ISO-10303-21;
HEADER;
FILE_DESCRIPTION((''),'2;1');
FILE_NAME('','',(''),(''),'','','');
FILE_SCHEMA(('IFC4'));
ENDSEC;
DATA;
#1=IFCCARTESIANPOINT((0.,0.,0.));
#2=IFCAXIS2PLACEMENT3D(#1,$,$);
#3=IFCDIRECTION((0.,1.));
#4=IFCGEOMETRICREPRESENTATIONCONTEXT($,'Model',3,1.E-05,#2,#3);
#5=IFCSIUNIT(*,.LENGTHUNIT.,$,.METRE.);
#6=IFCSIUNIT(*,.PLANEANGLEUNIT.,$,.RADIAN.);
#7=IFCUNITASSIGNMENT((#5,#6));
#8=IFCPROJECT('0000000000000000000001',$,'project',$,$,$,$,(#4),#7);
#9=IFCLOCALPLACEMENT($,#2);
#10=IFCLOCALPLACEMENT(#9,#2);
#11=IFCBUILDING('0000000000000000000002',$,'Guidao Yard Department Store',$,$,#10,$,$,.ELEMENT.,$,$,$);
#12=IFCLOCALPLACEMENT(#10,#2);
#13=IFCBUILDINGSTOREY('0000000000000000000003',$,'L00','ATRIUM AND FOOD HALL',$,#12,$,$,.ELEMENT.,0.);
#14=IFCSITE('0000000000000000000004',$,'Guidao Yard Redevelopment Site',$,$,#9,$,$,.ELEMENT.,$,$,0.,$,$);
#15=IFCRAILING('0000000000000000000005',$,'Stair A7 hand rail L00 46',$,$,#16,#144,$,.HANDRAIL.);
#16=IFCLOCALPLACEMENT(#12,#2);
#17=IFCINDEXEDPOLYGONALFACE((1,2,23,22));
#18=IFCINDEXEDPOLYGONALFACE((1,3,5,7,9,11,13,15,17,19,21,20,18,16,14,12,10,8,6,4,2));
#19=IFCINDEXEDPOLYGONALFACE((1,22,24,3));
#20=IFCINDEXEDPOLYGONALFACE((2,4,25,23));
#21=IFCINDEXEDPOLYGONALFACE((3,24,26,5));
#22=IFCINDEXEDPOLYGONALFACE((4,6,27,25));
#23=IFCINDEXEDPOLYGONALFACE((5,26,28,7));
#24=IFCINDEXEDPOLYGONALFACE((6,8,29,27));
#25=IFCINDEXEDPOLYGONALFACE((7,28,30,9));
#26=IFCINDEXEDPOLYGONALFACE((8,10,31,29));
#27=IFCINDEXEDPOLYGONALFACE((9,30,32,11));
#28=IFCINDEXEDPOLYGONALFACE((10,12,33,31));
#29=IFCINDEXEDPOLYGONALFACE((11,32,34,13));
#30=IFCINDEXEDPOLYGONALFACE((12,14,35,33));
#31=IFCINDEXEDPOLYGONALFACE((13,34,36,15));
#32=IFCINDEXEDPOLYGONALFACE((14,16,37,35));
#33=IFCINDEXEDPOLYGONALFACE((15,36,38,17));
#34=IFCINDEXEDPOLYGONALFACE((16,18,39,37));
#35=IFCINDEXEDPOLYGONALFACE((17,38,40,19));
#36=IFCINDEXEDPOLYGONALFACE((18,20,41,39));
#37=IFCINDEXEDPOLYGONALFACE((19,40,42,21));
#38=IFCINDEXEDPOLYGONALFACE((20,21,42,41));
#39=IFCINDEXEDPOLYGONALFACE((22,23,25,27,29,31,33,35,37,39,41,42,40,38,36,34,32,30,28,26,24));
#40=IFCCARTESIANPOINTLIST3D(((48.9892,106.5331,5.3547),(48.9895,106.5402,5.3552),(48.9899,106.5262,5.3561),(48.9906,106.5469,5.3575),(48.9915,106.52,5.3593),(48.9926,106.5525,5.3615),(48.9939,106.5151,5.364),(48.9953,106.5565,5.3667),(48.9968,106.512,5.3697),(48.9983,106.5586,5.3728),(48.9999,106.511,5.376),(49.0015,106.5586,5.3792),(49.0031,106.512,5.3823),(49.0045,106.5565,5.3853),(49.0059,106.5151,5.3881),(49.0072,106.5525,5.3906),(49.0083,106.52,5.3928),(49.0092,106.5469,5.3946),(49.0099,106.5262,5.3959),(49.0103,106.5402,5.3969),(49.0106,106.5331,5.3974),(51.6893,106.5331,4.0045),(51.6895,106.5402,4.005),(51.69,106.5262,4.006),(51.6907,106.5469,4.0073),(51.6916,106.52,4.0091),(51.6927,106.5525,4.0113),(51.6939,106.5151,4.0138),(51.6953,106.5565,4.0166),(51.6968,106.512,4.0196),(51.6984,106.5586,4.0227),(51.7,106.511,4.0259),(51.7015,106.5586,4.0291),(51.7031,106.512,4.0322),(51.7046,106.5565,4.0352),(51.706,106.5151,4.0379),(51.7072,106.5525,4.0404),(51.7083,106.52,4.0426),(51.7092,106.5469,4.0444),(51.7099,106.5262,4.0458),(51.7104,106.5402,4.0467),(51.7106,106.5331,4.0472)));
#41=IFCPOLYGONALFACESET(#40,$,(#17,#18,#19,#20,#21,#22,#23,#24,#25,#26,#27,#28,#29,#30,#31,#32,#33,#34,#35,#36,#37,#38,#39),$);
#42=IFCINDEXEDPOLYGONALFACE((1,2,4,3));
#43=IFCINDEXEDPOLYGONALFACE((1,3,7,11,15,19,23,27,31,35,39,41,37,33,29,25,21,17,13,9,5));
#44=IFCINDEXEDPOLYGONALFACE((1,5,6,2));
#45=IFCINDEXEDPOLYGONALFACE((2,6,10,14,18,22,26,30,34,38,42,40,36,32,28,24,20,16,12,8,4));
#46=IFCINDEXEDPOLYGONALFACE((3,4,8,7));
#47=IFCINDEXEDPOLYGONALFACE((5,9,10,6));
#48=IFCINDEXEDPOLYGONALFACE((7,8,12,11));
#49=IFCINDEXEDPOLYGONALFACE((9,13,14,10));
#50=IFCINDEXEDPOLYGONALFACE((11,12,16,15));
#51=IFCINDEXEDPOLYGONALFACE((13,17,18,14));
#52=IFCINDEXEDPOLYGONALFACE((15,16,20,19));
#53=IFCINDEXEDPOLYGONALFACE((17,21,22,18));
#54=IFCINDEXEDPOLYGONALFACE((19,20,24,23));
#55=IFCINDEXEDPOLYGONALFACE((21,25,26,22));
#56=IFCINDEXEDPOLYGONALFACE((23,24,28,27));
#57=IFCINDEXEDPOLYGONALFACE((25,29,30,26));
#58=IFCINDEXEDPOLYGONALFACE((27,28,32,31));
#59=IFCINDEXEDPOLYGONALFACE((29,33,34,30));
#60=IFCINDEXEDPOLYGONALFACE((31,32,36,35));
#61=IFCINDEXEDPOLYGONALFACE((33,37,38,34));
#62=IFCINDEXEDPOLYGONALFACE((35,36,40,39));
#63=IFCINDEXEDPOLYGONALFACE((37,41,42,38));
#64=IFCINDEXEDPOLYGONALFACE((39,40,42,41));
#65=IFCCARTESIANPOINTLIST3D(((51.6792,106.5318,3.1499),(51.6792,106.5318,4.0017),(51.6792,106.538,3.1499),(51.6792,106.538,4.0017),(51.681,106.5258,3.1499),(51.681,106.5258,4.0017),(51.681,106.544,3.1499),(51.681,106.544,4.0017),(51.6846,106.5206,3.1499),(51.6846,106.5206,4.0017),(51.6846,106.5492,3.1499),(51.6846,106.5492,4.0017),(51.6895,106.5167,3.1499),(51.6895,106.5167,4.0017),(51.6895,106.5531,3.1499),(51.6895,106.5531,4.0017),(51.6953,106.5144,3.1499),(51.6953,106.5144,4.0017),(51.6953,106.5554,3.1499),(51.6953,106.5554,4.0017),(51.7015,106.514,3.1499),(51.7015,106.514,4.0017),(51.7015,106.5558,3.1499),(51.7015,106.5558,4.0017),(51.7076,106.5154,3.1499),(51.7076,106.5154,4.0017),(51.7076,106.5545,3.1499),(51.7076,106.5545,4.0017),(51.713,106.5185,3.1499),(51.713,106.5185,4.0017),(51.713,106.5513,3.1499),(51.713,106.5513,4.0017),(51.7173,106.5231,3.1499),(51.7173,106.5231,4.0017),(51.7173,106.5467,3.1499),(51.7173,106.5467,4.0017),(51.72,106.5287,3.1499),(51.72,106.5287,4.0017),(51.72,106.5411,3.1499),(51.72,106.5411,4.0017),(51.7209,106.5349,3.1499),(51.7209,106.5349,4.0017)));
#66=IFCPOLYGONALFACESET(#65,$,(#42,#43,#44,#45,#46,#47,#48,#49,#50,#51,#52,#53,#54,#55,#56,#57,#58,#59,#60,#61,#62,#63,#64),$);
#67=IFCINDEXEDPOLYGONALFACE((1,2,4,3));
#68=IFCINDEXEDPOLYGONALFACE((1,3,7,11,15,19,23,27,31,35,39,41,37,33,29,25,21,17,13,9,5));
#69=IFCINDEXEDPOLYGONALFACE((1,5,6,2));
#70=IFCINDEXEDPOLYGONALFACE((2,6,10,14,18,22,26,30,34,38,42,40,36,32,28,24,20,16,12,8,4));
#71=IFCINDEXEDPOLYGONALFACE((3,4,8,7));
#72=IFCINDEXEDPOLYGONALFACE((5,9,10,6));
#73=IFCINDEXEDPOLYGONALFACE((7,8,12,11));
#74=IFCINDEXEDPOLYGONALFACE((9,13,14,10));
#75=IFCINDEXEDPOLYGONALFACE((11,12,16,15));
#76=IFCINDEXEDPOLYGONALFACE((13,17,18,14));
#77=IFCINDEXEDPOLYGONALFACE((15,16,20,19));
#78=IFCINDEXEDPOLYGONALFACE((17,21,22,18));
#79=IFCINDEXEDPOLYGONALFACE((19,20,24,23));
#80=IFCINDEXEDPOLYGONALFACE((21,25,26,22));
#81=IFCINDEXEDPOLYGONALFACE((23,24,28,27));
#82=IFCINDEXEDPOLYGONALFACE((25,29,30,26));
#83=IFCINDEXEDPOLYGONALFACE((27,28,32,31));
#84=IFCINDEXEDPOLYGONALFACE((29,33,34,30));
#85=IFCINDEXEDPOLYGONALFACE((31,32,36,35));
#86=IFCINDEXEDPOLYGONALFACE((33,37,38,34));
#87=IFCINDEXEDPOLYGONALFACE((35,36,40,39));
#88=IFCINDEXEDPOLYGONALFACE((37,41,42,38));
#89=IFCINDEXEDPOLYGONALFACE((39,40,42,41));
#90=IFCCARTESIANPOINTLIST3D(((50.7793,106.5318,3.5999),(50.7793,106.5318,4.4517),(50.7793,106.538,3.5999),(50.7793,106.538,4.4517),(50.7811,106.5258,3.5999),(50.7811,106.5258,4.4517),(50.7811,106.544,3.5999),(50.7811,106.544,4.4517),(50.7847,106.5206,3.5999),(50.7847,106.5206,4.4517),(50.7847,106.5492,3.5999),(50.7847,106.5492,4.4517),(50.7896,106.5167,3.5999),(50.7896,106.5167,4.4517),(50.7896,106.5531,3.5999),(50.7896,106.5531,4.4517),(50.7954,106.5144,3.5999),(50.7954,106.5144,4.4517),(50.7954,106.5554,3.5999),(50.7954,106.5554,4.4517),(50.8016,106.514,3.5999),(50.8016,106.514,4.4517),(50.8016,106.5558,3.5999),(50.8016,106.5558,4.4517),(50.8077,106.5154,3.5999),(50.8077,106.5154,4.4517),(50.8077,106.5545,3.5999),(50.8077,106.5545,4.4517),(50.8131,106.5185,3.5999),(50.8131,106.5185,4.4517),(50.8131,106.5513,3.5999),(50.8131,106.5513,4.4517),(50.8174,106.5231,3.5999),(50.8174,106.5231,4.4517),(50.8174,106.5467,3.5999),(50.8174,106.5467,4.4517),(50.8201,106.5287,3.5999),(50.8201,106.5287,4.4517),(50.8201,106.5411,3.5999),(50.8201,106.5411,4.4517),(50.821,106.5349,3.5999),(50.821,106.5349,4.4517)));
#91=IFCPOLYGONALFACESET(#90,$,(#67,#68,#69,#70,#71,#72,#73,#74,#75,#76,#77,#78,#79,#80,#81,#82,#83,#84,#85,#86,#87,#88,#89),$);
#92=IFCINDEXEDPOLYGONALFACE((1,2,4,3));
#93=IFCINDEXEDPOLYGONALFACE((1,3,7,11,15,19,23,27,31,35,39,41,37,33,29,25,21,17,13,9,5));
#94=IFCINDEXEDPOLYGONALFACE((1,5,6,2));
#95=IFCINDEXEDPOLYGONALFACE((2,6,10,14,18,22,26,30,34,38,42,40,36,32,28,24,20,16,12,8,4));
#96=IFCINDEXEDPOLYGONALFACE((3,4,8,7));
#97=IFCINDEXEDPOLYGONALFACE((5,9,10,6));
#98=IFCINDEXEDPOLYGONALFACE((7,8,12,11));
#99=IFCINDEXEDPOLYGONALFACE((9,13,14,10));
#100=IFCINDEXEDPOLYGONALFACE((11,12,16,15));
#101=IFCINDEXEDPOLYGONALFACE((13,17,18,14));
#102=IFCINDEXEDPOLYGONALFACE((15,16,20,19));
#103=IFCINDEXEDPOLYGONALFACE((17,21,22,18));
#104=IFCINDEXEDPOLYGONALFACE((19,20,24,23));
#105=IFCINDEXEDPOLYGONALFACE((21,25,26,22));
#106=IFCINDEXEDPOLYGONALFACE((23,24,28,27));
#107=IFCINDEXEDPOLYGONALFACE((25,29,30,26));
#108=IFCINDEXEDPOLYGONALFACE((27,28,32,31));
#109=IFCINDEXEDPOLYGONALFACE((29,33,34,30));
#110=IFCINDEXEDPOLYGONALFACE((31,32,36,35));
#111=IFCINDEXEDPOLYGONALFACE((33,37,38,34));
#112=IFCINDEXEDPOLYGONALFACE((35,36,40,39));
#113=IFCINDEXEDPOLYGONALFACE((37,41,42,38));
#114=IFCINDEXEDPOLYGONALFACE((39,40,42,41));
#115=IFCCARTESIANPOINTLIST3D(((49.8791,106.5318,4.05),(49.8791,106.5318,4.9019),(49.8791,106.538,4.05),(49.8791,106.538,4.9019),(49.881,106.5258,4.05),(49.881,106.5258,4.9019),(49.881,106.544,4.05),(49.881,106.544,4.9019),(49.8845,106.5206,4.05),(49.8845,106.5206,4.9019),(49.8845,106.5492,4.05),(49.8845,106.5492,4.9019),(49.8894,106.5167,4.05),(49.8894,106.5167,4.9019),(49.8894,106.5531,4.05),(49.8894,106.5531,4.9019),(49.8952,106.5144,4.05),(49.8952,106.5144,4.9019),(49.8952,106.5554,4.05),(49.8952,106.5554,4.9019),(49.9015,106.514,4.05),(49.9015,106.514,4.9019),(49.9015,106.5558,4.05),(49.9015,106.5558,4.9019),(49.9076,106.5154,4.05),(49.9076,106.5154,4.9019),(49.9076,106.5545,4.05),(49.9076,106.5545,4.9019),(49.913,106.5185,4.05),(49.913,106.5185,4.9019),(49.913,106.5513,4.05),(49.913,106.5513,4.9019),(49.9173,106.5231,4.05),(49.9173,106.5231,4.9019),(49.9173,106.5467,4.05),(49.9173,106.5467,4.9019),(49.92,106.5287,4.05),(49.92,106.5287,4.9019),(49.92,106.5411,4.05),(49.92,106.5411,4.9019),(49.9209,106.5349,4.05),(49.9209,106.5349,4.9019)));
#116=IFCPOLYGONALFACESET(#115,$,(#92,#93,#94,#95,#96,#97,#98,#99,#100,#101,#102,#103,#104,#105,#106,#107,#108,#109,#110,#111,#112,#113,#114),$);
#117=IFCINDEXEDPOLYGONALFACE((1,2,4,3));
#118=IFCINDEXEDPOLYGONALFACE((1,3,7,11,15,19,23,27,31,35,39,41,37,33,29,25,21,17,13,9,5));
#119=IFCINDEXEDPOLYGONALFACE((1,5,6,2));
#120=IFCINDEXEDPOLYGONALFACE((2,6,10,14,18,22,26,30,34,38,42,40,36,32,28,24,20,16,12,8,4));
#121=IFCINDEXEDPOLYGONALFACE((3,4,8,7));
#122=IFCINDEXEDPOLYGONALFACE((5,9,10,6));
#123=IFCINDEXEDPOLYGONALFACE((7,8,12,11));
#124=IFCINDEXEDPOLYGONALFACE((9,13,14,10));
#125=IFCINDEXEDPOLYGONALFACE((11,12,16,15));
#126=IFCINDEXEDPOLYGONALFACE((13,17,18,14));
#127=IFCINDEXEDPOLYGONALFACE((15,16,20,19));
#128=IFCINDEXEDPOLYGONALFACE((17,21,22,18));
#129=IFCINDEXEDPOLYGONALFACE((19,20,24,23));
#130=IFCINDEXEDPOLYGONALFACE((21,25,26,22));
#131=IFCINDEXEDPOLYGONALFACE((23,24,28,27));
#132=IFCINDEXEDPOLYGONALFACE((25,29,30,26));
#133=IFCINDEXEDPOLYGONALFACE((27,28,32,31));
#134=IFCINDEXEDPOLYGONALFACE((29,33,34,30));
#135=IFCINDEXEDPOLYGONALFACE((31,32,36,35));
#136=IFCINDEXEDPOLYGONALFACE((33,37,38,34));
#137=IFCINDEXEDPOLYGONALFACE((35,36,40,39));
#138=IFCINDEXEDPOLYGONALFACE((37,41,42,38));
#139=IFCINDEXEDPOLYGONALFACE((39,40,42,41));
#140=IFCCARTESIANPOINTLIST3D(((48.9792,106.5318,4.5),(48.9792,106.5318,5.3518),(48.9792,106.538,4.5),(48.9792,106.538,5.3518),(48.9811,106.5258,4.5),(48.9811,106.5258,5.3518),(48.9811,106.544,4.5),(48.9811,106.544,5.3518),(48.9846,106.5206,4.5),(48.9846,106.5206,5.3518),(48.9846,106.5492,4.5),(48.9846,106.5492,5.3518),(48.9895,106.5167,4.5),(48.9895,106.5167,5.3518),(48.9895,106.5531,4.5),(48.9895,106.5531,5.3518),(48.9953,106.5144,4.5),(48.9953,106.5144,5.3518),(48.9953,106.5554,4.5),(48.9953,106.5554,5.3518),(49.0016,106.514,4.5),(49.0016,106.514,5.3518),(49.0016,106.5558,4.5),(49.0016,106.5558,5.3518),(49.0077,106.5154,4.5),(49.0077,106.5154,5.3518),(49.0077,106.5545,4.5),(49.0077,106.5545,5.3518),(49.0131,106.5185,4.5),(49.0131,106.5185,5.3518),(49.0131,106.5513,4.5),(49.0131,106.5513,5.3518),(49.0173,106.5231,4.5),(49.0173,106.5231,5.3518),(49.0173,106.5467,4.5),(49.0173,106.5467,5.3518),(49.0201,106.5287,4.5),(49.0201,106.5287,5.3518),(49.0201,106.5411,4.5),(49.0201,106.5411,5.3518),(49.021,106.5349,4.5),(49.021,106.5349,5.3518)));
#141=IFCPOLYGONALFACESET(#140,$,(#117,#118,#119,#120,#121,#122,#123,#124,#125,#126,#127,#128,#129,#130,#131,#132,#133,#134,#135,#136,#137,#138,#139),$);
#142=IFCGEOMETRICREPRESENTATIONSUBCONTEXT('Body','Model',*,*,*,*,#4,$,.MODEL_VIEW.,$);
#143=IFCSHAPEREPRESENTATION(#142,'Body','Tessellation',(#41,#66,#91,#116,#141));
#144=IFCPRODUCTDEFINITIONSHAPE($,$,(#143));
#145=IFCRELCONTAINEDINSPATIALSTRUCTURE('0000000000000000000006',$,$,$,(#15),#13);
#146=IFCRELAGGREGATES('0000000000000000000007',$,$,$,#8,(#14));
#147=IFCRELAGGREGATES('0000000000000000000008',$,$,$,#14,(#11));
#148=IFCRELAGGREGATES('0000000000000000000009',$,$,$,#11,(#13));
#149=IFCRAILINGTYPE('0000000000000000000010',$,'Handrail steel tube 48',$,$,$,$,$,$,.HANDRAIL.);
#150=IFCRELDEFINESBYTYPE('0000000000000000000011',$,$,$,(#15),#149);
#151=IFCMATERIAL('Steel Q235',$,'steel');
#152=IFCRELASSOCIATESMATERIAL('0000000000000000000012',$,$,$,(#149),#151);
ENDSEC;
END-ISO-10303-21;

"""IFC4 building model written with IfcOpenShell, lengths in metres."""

from ifc_helpers import new_model, si_unit, direction, frame, origin, origin_2d, place, context, subcontext, project, spatial, circle, extrude, material, type_object, element, save


model = new_model("IFC4")

# Units and contexts
model_context = context("Model", 3, precision=1e-05, world=origin(), true_north=direction((0.0, 1.0)))
body_context = subcontext(model_context, "Body", "Model", "MODEL_VIEW")
ifc_project = project(units=[si_unit("LENGTHUNIT", "METRE"), si_unit("PLANEANGLEUNIT", "RADIAN")], contexts=[model_context])

# Site, building, storey
site_placement = place(None, origin())
site = spatial("IfcSite", under=ifc_project, at=site_placement, Name="Guidao Yard Redevelopment Site", CompositionType="ELEMENT", RefElevation=0.0)
building_placement = place(site_placement, origin())
building = spatial("IfcBuilding", under=site, at=building_placement, Name="Guidao Yard Department Store", CompositionType="ELEMENT")
storey_placement = place(building_placement, origin())
storey = spatial("IfcBuildingStorey", under=building, at=storey_placement, Name="L00", Description="ATRIUM AND FOOD HALL", CompositionType="ELEMENT", Elevation=0.0)

# Railing
ifc_material_1 = material(Name="Steel Q235", Category="steel")
railing_type_1 = type_object("IfcRailingType", Name="Handrail steel tube 48", PredefinedType="HANDRAIL", material=ifc_material_1)
for number, where, name in (
    (1, (51.7, 106.5349, 3.1499), "Stair A7 hand rail L00 46"),
):
    element("IfcRailing", number, at=place(storey_placement, frame(where)), inside=storey, type_object=railing_type_1, Name=name, PredefinedType="HANDRAIL", context=body_context, shape_type="SweptSolid", body=[
        extrude(circle(Radius=0.0239, at=origin_2d()), frame((0.0, 0.0, 0.876), z_axis=(-0.894411, 0.0, 0.447246), x_axis=(0.0, -1.0, 0.0)), (0.0, 0.0, 1.0), 3.0188),
        extrude(circle(Radius=0.021, at=origin_2d()), origin(), (0.0, 0.0, 1.0), 0.8518),
        extrude(circle(Radius=0.021, at=origin_2d()), frame((-0.8999, 0.0, 0.45)), (0.0, 0.0, 1.0), 0.8518),
        extrude(circle(Radius=0.021, at=origin_2d()), frame((-1.8, 0.0, 0.9001)), (0.0, 0.0, 1.0), 0.8518),
        extrude(circle(Radius=0.021, at=origin_2d()), frame((-2.7, 0.0, 1.3501)), (0.0, 0.0, 1.0), 0.8518),
    ])

save(model, "model.ifc")
